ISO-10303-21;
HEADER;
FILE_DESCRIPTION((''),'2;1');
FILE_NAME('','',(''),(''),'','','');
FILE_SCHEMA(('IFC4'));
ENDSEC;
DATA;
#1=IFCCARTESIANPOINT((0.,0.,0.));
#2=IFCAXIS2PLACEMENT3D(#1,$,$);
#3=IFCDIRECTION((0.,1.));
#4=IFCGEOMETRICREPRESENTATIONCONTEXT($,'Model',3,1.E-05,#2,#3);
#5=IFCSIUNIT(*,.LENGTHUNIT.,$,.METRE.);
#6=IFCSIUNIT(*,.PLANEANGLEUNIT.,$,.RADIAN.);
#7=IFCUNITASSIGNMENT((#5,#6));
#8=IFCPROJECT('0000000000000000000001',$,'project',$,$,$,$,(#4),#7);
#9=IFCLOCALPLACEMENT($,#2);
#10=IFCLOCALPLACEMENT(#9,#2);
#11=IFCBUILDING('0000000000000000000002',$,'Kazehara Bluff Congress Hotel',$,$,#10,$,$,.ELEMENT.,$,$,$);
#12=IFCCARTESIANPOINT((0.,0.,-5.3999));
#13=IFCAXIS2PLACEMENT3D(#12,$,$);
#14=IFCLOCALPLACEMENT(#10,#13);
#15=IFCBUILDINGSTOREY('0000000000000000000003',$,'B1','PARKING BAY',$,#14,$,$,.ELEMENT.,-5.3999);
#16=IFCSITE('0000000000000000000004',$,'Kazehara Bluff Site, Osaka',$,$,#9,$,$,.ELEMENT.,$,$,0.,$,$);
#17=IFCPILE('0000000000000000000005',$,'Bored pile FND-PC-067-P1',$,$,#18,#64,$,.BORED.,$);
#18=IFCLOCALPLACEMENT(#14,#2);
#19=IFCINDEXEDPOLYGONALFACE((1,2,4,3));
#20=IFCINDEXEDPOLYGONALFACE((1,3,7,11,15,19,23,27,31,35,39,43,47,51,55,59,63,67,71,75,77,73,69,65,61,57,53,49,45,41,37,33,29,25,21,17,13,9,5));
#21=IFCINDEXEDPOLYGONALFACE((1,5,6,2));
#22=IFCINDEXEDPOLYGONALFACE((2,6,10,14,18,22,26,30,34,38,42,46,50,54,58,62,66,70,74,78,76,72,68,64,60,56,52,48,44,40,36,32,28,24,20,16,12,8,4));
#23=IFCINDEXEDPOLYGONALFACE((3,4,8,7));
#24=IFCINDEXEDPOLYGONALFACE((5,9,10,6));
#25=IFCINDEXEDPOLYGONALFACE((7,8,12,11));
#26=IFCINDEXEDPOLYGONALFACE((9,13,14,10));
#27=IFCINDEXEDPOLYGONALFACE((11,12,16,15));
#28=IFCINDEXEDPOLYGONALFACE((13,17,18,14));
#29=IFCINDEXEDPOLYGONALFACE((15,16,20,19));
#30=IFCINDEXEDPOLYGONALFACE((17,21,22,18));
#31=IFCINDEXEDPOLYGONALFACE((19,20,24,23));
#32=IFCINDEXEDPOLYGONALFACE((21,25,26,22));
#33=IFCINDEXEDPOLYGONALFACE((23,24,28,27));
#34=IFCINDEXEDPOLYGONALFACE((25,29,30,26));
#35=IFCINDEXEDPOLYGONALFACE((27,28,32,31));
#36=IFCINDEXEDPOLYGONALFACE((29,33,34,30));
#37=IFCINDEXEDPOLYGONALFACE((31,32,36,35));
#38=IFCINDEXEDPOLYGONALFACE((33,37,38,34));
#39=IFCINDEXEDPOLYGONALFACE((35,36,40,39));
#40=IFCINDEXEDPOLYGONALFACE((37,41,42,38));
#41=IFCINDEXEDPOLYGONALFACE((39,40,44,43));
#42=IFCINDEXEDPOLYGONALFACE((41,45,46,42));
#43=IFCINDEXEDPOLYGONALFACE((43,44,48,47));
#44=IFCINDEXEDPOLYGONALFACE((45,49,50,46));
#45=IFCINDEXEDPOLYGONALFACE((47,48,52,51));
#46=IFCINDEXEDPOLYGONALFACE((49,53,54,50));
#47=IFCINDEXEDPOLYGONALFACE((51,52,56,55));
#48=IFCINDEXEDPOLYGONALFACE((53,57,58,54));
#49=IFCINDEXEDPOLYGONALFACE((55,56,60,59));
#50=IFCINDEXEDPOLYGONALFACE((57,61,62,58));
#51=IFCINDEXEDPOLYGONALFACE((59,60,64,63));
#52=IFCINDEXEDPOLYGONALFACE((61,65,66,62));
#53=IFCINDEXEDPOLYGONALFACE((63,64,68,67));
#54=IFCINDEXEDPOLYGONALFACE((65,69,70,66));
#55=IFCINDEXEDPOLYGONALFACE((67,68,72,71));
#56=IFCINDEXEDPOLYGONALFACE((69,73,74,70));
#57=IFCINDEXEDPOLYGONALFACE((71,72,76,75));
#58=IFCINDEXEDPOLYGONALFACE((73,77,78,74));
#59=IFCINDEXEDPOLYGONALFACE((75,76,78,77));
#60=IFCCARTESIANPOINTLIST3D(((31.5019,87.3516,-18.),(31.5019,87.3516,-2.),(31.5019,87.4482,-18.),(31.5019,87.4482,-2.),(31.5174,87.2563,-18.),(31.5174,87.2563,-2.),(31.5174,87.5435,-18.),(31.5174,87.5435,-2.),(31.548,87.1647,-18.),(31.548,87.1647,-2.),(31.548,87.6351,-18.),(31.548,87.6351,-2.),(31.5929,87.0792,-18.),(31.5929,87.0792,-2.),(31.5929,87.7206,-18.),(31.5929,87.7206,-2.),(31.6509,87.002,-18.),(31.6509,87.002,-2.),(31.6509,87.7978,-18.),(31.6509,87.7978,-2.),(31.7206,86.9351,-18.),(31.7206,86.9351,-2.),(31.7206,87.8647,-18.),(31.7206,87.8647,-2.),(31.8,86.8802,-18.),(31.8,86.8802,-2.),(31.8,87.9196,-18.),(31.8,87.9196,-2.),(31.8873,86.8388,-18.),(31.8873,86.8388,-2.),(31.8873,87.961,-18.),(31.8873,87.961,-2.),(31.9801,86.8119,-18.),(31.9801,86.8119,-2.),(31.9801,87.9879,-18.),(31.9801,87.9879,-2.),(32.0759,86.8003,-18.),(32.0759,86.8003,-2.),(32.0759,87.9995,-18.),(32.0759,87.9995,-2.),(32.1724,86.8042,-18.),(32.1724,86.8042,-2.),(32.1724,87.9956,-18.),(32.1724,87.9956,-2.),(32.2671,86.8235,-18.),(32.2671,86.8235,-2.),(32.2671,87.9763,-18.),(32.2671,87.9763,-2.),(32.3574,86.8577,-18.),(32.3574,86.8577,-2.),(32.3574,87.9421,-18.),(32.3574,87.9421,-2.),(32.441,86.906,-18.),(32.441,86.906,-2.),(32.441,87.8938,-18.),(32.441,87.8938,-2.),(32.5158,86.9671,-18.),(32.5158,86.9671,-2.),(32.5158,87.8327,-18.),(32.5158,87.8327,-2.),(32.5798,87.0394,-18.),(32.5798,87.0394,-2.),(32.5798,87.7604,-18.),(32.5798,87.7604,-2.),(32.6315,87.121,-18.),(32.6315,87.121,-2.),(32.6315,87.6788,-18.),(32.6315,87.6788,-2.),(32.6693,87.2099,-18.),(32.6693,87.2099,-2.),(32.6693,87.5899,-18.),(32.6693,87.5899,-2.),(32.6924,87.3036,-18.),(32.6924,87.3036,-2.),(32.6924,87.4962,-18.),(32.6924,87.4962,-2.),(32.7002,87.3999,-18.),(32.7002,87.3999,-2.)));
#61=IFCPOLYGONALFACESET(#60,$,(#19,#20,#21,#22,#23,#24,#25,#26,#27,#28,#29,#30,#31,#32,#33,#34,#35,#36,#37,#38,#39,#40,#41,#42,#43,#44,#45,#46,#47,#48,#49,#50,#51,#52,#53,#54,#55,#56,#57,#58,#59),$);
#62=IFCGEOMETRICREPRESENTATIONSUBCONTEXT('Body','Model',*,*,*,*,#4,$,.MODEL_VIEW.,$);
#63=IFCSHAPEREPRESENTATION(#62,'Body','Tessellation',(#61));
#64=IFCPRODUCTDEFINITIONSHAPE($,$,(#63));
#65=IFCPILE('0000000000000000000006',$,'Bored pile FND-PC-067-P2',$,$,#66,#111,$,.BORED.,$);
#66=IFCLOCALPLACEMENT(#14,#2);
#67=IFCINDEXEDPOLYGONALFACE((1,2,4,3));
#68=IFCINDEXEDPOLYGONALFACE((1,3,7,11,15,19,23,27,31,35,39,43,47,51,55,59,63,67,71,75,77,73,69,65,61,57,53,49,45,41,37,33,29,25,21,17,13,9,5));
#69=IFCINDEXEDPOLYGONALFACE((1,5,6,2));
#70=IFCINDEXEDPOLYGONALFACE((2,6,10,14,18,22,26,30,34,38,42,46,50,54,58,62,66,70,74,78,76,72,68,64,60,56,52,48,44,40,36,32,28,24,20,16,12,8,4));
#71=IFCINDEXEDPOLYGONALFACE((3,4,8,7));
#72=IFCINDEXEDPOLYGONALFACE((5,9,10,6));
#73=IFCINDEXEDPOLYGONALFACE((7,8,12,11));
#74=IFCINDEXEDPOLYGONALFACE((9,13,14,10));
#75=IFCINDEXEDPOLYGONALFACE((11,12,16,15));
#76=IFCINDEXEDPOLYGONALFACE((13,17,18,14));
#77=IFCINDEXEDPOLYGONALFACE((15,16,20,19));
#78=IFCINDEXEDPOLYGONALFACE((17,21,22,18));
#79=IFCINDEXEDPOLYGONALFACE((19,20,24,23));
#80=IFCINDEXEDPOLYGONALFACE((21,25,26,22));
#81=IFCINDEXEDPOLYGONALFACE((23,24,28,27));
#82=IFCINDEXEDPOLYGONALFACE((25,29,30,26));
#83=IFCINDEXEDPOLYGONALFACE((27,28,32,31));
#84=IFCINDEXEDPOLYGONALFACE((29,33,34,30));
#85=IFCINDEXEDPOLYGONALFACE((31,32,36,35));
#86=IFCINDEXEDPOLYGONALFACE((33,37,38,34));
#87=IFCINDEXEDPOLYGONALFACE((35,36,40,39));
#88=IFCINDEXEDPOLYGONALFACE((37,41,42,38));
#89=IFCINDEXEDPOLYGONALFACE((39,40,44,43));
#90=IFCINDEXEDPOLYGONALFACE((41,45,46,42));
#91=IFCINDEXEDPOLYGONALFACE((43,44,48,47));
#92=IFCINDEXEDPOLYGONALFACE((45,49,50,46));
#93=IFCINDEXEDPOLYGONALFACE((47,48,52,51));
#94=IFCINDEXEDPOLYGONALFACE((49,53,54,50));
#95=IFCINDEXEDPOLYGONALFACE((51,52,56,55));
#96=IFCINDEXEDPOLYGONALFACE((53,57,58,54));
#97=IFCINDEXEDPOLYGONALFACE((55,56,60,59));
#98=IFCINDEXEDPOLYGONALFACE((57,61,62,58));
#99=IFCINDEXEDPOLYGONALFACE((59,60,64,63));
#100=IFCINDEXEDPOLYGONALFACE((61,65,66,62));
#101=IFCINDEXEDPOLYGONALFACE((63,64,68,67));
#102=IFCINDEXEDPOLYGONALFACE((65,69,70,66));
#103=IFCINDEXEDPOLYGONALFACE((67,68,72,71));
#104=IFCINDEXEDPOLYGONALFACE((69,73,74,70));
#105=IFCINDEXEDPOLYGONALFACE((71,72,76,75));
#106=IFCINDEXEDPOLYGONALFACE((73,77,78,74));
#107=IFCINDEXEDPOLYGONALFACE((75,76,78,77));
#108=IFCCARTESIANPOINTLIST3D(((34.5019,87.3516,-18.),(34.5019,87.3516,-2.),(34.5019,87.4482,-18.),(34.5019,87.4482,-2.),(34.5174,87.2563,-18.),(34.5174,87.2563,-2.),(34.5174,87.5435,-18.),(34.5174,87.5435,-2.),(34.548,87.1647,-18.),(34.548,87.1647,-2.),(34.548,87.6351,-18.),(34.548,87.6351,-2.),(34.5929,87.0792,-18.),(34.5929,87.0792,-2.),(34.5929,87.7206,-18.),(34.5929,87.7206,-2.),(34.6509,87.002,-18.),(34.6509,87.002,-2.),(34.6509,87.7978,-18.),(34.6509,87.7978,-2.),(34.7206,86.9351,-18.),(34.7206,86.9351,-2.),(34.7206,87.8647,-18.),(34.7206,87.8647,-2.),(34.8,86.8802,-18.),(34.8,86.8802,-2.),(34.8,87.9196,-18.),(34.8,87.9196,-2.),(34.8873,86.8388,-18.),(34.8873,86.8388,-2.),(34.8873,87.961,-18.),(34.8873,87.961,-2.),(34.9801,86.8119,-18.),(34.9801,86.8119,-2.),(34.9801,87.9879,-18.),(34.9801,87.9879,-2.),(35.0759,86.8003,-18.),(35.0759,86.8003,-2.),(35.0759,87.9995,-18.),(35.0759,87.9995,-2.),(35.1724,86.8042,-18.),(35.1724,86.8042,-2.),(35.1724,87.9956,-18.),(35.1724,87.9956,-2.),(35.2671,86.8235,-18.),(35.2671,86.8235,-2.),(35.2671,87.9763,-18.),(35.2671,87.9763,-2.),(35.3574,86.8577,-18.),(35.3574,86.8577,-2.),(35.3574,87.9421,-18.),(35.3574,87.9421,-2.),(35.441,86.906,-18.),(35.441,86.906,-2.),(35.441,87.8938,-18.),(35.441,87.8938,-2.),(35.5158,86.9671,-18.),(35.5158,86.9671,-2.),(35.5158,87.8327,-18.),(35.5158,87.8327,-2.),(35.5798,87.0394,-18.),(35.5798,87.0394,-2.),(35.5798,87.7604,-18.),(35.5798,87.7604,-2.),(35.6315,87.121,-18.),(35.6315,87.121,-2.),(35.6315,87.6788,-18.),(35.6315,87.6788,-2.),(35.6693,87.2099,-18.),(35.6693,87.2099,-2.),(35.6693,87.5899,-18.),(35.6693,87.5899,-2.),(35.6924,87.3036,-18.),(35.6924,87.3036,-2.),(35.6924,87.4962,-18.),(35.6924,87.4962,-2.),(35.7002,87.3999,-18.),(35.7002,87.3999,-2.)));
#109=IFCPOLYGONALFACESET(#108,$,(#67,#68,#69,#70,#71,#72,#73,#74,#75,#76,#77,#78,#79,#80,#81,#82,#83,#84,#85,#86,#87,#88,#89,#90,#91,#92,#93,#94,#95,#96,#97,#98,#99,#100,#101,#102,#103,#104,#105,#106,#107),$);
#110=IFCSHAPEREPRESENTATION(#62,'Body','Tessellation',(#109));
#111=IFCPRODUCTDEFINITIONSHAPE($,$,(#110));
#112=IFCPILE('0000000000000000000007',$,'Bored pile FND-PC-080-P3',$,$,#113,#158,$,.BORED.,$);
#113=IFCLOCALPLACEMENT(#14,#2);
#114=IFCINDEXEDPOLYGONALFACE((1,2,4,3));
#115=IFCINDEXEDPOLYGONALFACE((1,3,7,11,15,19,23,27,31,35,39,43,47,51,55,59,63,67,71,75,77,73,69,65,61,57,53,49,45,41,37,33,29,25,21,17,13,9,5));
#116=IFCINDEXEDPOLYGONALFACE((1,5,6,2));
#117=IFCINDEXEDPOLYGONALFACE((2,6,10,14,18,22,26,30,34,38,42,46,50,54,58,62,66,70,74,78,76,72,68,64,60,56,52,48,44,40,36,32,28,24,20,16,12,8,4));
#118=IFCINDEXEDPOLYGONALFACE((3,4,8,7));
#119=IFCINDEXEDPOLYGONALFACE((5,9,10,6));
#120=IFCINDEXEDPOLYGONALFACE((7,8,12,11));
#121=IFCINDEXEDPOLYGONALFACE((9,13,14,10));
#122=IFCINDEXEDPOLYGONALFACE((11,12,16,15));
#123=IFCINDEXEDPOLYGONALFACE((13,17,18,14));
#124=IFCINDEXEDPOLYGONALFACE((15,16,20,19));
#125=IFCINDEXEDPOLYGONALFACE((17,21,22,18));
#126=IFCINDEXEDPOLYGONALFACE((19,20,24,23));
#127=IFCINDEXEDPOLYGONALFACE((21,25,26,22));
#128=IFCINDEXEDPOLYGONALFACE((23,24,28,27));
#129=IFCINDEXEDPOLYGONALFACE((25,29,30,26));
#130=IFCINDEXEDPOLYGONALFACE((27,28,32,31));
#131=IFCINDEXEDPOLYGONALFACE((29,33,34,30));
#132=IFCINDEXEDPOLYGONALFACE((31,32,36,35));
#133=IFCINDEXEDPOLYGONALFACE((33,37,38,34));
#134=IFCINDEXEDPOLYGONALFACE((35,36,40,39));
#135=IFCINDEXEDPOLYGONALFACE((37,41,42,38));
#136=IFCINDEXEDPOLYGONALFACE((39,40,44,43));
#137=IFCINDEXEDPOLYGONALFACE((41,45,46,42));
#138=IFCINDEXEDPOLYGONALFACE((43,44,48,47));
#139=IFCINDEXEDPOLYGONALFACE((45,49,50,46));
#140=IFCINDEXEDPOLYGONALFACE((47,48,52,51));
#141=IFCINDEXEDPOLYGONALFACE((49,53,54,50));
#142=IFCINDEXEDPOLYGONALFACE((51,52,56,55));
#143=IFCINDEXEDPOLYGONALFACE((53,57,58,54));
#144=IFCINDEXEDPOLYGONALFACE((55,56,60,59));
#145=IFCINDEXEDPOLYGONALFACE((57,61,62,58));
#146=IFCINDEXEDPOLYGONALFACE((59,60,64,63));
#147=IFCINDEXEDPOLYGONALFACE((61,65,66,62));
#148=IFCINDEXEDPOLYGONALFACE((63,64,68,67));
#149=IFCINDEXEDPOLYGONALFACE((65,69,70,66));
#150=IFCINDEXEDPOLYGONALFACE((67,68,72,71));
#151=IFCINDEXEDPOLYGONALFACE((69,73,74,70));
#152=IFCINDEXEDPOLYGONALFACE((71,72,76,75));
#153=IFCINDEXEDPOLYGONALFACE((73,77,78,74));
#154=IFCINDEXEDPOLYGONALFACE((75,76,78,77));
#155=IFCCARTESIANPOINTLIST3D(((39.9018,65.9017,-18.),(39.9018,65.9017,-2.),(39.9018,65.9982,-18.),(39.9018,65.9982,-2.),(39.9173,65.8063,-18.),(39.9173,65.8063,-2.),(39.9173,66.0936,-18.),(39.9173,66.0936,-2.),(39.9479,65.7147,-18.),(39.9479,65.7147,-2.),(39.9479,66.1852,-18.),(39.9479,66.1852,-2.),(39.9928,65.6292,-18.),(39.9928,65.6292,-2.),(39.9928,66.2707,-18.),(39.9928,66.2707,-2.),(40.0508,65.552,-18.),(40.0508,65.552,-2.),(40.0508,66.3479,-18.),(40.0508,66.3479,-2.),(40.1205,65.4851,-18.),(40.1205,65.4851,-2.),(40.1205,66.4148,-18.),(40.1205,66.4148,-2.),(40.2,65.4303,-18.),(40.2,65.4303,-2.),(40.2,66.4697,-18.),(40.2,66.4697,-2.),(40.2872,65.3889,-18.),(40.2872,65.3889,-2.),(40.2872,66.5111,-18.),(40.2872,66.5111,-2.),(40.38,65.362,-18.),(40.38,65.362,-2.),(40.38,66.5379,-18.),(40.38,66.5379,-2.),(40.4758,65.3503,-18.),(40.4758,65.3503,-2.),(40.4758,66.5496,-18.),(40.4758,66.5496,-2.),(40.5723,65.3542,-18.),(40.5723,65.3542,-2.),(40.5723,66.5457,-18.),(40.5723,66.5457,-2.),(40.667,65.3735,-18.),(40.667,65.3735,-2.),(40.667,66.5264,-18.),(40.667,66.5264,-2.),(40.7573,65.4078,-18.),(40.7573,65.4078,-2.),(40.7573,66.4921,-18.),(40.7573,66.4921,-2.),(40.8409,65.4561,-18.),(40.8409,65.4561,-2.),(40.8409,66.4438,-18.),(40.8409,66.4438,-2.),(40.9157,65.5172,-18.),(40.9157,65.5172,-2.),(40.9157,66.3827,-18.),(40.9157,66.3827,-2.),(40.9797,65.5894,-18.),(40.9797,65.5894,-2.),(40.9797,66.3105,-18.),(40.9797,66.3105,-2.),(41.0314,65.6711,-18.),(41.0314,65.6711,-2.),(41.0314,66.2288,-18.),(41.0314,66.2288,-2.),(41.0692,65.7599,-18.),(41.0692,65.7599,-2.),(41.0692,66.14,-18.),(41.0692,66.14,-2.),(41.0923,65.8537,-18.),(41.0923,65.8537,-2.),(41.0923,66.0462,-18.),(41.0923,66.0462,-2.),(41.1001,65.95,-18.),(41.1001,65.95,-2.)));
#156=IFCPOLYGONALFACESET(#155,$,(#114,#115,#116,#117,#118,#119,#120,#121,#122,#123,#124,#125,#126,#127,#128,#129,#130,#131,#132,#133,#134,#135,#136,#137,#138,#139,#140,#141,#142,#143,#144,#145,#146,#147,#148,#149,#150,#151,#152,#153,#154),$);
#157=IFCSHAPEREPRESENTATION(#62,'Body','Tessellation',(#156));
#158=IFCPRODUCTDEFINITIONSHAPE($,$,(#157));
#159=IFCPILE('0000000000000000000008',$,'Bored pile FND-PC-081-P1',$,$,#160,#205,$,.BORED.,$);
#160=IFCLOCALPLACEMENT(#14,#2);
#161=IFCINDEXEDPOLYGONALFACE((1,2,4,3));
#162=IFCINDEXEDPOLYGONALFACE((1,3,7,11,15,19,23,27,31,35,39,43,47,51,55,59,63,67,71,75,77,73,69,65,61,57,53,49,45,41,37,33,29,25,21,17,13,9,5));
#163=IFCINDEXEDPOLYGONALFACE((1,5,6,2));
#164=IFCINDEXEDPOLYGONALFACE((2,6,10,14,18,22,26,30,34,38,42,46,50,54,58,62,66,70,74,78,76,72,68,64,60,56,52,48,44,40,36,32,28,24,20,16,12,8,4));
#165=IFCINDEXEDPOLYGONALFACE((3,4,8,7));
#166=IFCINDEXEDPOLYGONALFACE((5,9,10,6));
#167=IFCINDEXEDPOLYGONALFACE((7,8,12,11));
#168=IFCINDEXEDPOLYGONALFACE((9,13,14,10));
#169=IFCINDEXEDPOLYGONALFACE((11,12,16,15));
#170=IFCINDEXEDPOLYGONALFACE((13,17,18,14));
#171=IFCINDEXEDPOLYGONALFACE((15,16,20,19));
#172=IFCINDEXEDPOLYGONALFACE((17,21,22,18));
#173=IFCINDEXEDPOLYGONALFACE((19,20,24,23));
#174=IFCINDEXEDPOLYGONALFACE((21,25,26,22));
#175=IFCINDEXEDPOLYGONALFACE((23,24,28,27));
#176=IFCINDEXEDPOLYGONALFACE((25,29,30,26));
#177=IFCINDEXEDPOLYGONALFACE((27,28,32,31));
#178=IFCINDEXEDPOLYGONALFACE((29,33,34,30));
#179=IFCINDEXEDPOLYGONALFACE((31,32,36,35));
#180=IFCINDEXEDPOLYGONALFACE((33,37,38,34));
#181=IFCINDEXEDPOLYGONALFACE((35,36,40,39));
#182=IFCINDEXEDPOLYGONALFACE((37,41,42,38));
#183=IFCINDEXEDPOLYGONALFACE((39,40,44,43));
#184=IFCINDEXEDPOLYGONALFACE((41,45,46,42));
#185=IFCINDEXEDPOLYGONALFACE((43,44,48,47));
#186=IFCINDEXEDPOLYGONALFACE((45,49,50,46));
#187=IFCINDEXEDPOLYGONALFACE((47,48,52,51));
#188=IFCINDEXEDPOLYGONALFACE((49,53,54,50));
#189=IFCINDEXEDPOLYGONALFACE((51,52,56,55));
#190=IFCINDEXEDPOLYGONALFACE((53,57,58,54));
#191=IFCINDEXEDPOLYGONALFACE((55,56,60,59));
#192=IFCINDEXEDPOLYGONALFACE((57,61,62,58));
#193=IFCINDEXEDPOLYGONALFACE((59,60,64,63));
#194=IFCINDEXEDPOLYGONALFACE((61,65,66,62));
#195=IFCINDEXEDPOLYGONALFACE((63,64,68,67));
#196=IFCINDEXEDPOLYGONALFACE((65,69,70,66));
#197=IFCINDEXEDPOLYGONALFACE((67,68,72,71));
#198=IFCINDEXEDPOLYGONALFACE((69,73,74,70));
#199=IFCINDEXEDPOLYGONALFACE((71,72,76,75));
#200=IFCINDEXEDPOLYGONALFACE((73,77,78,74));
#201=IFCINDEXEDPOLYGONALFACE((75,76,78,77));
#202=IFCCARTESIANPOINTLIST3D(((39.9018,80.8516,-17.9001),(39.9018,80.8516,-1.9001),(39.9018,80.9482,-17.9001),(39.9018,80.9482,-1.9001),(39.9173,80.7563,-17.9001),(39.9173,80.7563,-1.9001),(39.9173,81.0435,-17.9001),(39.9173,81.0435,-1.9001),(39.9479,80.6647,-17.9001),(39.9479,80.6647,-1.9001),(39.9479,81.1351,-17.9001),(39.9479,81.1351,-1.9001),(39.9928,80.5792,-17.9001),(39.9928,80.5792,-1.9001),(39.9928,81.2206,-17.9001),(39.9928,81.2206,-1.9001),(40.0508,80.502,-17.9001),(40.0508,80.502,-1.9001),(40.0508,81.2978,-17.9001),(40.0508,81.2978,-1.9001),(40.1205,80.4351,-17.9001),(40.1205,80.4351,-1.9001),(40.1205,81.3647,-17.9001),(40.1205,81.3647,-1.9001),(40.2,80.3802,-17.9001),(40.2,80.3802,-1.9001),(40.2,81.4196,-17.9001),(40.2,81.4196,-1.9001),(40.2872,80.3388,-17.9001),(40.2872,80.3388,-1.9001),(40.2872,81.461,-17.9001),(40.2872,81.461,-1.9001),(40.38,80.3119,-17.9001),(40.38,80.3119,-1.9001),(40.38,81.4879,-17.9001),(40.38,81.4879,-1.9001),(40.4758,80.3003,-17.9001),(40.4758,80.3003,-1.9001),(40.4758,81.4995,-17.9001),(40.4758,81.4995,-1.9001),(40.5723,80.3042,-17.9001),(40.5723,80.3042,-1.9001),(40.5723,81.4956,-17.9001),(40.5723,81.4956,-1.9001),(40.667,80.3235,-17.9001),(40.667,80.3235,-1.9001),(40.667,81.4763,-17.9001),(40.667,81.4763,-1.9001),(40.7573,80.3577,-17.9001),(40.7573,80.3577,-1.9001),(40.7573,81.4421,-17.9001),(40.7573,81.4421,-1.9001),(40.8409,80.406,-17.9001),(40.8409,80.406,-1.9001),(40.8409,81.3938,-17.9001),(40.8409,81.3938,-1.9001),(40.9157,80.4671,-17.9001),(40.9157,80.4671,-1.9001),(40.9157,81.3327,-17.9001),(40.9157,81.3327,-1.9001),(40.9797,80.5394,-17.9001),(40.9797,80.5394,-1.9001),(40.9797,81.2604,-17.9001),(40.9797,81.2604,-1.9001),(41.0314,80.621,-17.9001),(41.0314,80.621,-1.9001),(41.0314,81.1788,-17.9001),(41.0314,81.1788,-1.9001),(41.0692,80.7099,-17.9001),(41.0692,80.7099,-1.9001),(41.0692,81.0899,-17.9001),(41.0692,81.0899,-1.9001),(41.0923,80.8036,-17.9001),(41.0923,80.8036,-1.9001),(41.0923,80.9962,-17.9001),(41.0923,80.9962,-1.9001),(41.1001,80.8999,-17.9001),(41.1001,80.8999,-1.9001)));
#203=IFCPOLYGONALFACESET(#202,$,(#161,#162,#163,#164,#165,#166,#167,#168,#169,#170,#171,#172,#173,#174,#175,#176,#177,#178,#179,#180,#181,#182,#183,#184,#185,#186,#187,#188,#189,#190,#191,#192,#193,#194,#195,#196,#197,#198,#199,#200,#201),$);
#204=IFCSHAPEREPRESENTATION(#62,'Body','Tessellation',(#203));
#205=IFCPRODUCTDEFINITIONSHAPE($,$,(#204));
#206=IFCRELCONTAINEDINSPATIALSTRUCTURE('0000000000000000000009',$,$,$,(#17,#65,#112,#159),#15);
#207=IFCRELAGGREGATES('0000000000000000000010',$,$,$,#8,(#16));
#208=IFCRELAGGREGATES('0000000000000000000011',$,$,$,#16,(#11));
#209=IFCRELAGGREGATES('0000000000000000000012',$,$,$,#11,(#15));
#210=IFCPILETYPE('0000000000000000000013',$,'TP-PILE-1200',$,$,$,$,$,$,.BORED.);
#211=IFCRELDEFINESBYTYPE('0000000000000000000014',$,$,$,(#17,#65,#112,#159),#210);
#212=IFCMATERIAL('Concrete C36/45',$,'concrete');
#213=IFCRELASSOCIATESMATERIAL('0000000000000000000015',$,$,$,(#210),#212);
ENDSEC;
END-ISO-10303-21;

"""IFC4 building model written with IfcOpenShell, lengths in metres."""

from ifc_helpers import new_model, si_unit, direction, frame, origin, origin_2d, place, context, subcontext, project, spatial, circle, extrude, material, material_profile, profile_set, type_object, element, save


model = new_model("IFC4")

# Units and contexts
model_context = context("Model", 3, precision=1e-05, world=origin(), true_north=direction((0.0, 1.0)))
body_context = subcontext(model_context, "Body", "Model", "MODEL_VIEW")
ifc_project = project(units=[si_unit("LENGTHUNIT", "METRE"), si_unit("PLANEANGLEUNIT", "RADIAN")], contexts=[model_context])

# Site, building, storey
site_placement = place(None, origin())
site = spatial("IfcSite", under=ifc_project, at=site_placement, Name="Kazehara Bluff Site, Osaka", CompositionType="ELEMENT", RefElevation=0.0)
building_placement = place(site_placement, origin())
building = spatial("IfcBuilding", under=site, at=building_placement, Name="Kazehara Bluff Congress Hotel", CompositionType="ELEMENT")
storey_placement = place(building_placement, frame((0.0, 0.0, -5.3999)))
storey = spatial("IfcBuildingStorey", under=building, at=storey_placement, Name="B1", Description="PARKING BAY", CompositionType="ELEMENT", Elevation=-5.3999)

# Piles
ifc_material_1 = material(Name="Concrete C36/45", Category="concrete")
ifc_material_profile_1 = material_profile(ifc_material_1, circle(Radius=0.6001, at=origin_2d()))
ifc_profile_set_1 = profile_set([ifc_material_profile_1], Name="Concrete C36/45")
pile_type = type_object("IfcPileType", Name="TP-PILE-1200", PredefinedType="BORED", material=ifc_profile_set_1)
for number, where, z_axis, x_axis, name in (
    (1, (32.1001, 87.3999, -2.0), (0.0, 0.0, -1.0), (1.0, 0.0, 0.0), "Bored pile FND-PC-067-P1"),
    (2, (35.1001, 87.3999, -2.0), (0.0, 0.0, -1.0), (1.0, 0.0, 0.0), "Bored pile FND-PC-067-P2"),
    (3, (40.5, 65.95, -2.0), (0.0, 0.0, -1.0), (1.0, 0.0, 0.0), "Bored pile FND-PC-080-P3"),
    (4, (40.5, 80.8999, -1.9001), (0.0, 0.0, -1.0), (1.0, 0.0, 0.0), "Bored pile FND-PC-081-P1"),
):
    element("IfcPile", number, at=place(storey_placement, frame(where, z_axis=z_axis, x_axis=x_axis)), inside=storey, type_object=pile_type, Name=name, PredefinedType="BORED", context=body_context, shape_type="SweptSolid", body=[
        extrude(circle(Radius=0.6001, at=origin_2d()), origin(), (0.0, 0.0, 1.0), 16.0),
    ])

save(model, "model.ifc")
